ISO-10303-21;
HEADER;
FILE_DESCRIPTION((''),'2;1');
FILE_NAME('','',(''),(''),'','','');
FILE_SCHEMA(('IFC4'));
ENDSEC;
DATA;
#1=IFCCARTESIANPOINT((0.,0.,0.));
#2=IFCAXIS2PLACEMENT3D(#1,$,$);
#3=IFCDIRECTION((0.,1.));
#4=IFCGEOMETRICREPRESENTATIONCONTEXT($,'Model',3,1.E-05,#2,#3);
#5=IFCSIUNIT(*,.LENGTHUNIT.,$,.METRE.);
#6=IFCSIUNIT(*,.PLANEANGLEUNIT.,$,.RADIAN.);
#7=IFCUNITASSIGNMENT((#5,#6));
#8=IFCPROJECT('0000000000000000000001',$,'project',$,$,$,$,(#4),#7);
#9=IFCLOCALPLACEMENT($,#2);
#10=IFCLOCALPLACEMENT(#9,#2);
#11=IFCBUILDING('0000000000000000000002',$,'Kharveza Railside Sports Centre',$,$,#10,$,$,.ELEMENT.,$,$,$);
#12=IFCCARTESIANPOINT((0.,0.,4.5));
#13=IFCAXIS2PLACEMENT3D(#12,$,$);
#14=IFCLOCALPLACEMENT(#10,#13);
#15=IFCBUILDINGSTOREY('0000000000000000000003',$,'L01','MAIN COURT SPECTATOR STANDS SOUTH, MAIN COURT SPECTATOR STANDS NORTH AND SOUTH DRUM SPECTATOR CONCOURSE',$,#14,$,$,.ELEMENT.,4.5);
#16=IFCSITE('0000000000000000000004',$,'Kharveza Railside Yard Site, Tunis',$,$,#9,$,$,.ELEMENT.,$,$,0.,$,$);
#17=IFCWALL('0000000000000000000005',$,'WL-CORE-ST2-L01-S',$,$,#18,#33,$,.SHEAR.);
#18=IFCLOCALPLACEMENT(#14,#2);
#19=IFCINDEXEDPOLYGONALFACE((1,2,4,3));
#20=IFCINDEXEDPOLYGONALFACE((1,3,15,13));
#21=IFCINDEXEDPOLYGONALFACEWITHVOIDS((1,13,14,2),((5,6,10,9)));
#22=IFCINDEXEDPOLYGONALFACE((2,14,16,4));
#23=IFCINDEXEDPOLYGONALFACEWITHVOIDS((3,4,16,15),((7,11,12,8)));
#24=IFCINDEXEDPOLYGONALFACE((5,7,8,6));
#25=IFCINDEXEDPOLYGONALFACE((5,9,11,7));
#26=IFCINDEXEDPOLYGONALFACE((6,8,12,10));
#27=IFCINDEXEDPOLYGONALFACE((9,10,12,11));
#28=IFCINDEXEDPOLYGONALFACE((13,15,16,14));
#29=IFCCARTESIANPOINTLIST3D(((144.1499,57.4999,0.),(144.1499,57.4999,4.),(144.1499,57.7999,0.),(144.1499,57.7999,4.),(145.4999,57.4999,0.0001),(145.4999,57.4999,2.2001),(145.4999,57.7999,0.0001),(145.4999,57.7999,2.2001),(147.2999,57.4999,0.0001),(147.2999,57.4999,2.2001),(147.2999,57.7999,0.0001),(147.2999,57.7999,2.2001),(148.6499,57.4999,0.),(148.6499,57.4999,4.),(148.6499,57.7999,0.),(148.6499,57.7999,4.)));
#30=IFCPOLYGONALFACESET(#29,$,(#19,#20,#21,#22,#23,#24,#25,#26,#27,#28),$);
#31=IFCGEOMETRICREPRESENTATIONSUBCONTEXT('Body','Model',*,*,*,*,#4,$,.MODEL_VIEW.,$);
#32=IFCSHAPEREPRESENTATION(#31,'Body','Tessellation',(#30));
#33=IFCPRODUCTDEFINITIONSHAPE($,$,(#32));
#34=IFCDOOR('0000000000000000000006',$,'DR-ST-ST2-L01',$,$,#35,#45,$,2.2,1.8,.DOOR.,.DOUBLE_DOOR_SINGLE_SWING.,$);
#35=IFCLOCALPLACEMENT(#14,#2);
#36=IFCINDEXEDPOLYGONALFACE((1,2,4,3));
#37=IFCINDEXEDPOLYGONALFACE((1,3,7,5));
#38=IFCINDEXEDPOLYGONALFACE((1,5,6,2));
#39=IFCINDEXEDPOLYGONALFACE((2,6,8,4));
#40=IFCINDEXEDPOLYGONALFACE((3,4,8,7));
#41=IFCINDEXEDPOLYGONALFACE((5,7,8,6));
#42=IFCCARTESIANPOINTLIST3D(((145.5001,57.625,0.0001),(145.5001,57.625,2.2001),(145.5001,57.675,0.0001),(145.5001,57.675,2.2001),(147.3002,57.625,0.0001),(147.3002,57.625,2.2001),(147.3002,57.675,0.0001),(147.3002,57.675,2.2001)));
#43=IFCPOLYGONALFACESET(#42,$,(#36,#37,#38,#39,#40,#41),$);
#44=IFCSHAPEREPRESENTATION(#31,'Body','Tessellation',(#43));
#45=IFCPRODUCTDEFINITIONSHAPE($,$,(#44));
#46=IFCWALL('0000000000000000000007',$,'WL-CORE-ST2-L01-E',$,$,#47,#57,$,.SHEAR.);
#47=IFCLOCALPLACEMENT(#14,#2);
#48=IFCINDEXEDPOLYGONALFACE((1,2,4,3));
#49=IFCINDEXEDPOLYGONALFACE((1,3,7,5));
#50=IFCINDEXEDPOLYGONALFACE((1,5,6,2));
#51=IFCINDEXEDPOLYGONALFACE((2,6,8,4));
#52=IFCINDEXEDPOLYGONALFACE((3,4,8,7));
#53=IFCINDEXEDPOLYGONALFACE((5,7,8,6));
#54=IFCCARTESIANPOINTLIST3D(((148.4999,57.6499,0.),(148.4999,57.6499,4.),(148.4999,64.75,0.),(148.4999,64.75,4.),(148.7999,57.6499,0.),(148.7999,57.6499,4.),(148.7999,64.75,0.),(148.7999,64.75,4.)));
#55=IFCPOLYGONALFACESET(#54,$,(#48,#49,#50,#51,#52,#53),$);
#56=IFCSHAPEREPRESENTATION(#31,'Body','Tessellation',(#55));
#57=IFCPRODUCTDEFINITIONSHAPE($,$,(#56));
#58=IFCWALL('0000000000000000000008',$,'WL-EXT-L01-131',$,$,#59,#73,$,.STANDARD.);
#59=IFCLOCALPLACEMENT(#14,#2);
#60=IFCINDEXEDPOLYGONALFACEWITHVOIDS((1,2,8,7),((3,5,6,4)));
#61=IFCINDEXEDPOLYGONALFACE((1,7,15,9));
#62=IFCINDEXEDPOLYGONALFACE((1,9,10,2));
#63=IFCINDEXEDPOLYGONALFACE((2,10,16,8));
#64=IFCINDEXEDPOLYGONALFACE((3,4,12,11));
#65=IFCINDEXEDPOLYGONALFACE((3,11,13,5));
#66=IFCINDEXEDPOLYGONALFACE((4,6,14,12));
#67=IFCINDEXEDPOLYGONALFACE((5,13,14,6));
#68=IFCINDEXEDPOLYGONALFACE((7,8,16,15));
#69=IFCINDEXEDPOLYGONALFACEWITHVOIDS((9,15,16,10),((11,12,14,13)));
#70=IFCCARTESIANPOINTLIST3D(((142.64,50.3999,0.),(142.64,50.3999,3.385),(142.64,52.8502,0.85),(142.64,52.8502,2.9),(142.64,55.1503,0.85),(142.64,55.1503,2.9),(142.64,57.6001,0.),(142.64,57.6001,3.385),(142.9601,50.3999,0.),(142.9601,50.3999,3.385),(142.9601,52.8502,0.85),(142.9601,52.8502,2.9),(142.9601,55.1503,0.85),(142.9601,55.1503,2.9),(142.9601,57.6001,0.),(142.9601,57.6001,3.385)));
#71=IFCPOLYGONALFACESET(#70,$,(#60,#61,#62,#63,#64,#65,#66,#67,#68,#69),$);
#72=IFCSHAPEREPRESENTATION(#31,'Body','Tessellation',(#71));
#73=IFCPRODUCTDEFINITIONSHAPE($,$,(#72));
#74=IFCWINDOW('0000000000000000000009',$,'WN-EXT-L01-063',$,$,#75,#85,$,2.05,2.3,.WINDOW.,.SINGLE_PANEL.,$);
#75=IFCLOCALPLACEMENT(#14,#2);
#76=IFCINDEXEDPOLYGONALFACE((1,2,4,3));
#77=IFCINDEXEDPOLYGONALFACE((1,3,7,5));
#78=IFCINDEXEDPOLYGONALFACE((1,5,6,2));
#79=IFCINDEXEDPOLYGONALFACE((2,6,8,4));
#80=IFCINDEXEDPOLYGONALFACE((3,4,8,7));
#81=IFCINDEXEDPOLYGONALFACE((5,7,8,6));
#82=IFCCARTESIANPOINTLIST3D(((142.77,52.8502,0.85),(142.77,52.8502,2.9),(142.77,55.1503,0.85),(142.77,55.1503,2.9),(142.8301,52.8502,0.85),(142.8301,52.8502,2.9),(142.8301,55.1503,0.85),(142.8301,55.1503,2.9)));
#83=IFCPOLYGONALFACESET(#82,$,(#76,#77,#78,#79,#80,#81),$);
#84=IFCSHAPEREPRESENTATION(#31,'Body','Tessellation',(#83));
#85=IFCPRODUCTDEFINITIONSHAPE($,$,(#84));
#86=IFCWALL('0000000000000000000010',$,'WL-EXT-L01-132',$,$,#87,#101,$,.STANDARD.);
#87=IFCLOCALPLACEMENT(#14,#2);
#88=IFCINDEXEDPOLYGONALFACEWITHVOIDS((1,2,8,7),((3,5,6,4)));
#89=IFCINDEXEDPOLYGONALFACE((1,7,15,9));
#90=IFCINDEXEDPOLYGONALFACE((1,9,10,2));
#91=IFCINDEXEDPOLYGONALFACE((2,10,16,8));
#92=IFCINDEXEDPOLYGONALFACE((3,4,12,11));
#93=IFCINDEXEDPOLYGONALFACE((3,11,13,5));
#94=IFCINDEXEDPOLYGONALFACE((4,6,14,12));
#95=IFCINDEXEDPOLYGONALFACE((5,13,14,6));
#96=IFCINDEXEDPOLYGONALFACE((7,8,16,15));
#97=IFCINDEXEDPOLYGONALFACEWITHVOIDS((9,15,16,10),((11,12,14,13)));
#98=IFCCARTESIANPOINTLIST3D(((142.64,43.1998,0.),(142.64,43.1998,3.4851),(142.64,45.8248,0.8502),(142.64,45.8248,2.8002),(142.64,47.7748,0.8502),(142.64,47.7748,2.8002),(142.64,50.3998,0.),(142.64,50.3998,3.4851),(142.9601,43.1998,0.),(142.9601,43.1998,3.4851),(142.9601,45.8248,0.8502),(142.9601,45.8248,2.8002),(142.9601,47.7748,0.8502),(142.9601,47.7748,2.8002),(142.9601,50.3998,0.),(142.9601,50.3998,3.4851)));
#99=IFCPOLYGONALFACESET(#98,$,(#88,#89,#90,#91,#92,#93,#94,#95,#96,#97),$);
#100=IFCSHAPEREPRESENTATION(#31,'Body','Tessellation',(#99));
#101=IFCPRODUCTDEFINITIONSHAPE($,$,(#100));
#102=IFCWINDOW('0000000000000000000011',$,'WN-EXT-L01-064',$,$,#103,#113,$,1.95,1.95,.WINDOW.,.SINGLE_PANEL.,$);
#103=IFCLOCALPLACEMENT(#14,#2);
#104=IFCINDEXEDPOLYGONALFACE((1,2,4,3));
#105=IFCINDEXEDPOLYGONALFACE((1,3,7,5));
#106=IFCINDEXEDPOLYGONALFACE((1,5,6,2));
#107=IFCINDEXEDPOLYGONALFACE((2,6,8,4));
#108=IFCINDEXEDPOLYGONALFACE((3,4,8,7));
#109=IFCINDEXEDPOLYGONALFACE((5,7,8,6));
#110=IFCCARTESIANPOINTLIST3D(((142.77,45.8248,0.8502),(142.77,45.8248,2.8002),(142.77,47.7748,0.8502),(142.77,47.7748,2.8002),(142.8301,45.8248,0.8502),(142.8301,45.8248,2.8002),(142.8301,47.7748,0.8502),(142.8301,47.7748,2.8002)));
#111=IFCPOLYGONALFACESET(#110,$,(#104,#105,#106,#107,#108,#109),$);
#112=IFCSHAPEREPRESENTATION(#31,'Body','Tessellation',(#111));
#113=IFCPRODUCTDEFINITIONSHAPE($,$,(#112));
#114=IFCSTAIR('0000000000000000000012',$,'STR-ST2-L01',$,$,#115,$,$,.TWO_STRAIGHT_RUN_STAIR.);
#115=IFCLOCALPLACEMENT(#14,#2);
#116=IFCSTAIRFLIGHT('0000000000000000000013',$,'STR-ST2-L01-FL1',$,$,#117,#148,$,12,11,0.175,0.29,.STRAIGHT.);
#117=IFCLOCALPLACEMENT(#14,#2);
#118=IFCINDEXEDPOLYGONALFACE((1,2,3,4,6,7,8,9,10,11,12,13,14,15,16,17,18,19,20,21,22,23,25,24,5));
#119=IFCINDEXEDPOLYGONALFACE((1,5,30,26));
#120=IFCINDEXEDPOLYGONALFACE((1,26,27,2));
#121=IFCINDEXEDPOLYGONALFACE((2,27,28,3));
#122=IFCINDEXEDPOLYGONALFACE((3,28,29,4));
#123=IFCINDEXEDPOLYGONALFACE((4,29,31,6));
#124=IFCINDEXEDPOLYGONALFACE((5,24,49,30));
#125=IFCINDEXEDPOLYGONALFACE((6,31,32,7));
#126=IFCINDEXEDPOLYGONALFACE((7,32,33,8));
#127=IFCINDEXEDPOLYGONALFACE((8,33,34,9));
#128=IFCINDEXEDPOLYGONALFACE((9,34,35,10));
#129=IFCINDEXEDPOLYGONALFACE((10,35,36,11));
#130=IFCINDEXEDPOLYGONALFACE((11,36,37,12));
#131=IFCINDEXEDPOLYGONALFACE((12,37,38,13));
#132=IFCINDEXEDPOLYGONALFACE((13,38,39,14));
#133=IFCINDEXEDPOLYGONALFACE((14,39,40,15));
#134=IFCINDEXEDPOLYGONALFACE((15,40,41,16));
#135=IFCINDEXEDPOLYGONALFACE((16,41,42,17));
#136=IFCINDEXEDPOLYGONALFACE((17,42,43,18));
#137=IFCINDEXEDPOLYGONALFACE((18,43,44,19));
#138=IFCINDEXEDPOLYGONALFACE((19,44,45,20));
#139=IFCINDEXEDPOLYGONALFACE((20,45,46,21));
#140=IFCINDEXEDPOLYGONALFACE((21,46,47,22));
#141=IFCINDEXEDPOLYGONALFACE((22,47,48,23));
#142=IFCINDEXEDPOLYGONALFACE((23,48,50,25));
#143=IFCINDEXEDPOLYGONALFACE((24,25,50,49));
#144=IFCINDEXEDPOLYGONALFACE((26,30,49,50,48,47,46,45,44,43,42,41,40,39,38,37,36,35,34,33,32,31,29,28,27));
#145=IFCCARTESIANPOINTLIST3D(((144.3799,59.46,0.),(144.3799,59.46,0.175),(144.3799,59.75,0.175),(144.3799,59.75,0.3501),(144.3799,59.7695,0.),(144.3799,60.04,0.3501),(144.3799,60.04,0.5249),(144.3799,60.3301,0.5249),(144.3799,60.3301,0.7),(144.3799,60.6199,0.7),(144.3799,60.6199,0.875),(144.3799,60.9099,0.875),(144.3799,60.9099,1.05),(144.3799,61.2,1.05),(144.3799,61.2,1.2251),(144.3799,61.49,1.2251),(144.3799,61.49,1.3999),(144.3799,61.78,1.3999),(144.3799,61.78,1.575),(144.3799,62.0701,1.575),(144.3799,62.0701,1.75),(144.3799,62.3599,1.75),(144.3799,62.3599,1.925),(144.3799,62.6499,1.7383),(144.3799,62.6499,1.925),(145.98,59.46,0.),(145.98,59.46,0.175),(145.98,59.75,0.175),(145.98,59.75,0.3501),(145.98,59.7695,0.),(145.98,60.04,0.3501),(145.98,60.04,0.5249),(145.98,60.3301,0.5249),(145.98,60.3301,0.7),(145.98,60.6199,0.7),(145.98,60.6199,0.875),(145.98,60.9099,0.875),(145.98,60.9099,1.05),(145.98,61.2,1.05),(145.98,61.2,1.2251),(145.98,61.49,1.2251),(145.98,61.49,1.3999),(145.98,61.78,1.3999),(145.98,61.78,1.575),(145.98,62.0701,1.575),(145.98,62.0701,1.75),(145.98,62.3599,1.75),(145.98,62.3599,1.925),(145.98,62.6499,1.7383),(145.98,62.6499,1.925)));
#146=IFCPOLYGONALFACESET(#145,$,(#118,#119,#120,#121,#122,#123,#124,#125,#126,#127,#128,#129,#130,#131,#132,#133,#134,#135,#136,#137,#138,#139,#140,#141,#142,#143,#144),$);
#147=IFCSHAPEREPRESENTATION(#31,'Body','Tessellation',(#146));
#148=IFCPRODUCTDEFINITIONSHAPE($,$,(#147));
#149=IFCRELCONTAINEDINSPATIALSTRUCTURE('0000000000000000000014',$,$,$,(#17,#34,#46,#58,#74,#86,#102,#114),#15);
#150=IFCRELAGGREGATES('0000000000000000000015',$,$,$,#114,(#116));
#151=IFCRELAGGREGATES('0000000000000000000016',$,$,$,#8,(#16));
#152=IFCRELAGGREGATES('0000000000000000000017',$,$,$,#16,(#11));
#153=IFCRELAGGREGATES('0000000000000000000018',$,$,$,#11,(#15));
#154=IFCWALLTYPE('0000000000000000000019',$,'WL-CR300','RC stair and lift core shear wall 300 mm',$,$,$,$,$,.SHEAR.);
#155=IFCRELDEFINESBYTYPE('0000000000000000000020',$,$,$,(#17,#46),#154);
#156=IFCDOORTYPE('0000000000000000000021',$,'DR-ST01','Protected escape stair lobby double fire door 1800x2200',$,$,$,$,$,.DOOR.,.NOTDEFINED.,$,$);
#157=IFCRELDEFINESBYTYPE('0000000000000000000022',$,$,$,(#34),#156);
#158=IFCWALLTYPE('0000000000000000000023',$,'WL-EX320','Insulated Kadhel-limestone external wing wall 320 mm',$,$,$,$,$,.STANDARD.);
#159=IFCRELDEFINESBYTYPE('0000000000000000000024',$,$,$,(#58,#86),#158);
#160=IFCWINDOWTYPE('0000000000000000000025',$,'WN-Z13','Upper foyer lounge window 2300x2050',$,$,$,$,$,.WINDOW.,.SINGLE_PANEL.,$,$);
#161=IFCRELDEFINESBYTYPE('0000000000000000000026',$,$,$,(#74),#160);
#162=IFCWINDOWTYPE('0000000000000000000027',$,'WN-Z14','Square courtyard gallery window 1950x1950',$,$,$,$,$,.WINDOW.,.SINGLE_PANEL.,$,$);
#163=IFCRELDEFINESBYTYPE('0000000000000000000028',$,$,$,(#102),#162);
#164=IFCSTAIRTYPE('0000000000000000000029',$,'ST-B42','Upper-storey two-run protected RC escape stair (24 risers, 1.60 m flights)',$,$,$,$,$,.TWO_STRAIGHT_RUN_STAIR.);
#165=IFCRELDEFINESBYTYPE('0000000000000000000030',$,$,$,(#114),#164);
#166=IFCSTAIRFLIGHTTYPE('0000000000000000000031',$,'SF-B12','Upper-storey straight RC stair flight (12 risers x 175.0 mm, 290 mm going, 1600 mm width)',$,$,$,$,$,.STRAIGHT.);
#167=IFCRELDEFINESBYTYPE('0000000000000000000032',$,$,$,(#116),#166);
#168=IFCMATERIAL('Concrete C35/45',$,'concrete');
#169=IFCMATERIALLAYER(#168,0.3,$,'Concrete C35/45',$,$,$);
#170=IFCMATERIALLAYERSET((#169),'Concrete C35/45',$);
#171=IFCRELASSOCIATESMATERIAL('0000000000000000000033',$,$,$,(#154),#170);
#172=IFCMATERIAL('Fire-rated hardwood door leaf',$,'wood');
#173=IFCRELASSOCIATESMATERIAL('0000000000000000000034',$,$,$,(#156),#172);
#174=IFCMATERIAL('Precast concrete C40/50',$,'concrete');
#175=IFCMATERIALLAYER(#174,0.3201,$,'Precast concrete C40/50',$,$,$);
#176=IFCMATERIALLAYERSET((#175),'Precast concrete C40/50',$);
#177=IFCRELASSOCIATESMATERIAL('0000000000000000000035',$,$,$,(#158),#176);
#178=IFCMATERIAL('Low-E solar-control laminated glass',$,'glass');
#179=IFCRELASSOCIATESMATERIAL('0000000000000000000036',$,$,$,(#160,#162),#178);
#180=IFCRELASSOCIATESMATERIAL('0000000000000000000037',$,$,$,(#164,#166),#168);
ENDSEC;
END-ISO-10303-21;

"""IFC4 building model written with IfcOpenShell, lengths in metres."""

from ifc_helpers import new_model, si_unit, direction, frame, frame_2d, origin, place, context, subcontext, project, spatial, polyline, rectangle, outline, extrude, material, layer, layer_set, type_object, element, fill, aggregate, save


model = new_model("IFC4")

# Units and contexts
model_context = context("Model", 3, precision=1e-05, world=origin(), true_north=direction((0.0, 1.0)))
body_context = subcontext(model_context, "Body", "Model", "MODEL_VIEW")
ifc_project = project(units=[si_unit("LENGTHUNIT", "METRE"), si_unit("PLANEANGLEUNIT", "RADIAN")], contexts=[model_context])

# Site, building, storey
site_placement = place(None, origin())
site = spatial("IfcSite", under=ifc_project, at=site_placement, Name="Kharveza Railside Yard Site, Tunis", CompositionType="ELEMENT", RefElevation=0.0)
building_placement = place(site_placement, origin())
building = spatial("IfcBuilding", under=site, at=building_placement, Name="Kharveza Railside Sports Centre", CompositionType="ELEMENT")
storey_placement = place(building_placement, frame((0.0, 0.0, 4.5)))
storey = spatial("IfcBuildingStorey", under=building, at=storey_placement, Name="L01", Description="MAIN COURT SPECTATOR STANDS SOUTH, MAIN COURT SPECTATOR STANDS NORTH AND SOUTH DRUM SPECTATOR CONCOURSE", CompositionType="ELEMENT", Elevation=4.5)

# Shared definitions
ifc_material_1 = material(Name="Concrete C35/45", Category="concrete")

# Wall, opening, door
ifc_layer_1 = layer(ifc_material_1, 0.3, Name="Concrete C35/45")
ifc_layer_set_1 = layer_set([ifc_layer_1], Name="Concrete C35/45")
wall_type_1 = type_object("IfcWallType", Name="WL-CR300", Description="RC stair and lift core shear wall 300 mm", PredefinedType="SHEAR", material=ifc_layer_set_1)
wall_1_placement = place(storey_placement, frame((144.1499, 57.6499, 0.0), z_axis=(0.0, 0.0, 1.0), x_axis=(1.0, 0.0, 0.0)))
wall_1 = element("IfcWall", 1, at=wall_1_placement, inside=storey, type_object=wall_type_1, Name="WL-CORE-ST2-L01-S", PredefinedType="SHEAR", context=body_context, shape_type="SweptSolid", body=[
    extrude(rectangle(XDim=4.5, YDim=0.3, at=frame_2d((2.25, 0.0))), origin(), (0.0, 0.0, 1.0), 4.0),
])
opening_1_placement = place(wall_1_placement, frame((1.3501, 0.0, 0.0)))
opening_1 = element("IfcOpeningElement", 2, at=opening_1_placement, cuts=wall_1, PredefinedType="OPENING", context=body_context, shape_type="SweptSolid", body=[
    extrude(rectangle(XDim=1.8, YDim=2.2, at=frame_2d((0.8999, 1.1001))), frame((0.0, 0.1748, 0.0), z_axis=(0.0, -1.0, 0.0), x_axis=(1.0, 0.0, 0.0)), (0.0, 0.0, 1.0), 0.3499),
])
ifc_material_2 = material(Name="Fire-rated hardwood door leaf", Category="wood")
door_type = type_object("IfcDoorType", Name="DR-ST01", Description="Protected escape stair lobby double fire door 1800x2200", OperationType="NOTDEFINED", PredefinedType="DOOR", material=ifc_material_2)
door_placement = place(opening_1_placement, frame((1.8, 0.0, 0.0), z_axis=(0.0, 0.0, 1.0), x_axis=(-1.0, 0.0, 0.0)))
door = element("IfcDoor", 3, at=door_placement, inside=storey, type_object=door_type, Name="DR-ST-ST2-L01", OperationType="DOUBLE_DOOR_SINGLE_SWING", OverallHeight=2.2, OverallWidth=1.8, PredefinedType="DOOR", context=body_context, shape_type="SweptSolid", body=[
    extrude(rectangle(XDim=1.8, YDim=2.2, at=frame_2d((0.8999, 1.1001))), frame((0.0, 0.0249, 0.0), z_axis=(0.0, -1.0, 0.0), x_axis=(1.0, 0.0, 0.0)), (0.0, 0.0, 1.0), 0.05),
])
fill(opening_1, door)

# Wall
wall_2_placement = place(storey_placement, frame((148.6499, 57.6499, 0.0), z_axis=(0.0, 0.0, 1.0), x_axis=(0.0, 1.0, 0.0)))
element("IfcWall", 4, at=wall_2_placement, inside=storey, type_object=wall_type_1, Name="WL-CORE-ST2-L01-E", PredefinedType="SHEAR", context=body_context, shape_type="SweptSolid", body=[
    extrude(rectangle(XDim=7.1001, YDim=0.3, at=frame_2d((3.55, 0.0))), origin(), (0.0, 0.0, 1.0), 4.0),
])

# Walls, openings, windows
ifc_material_3 = material(Name="Precast concrete C40/50", Category="concrete")
ifc_layer_2 = layer(ifc_material_3, 0.3201, Name="Precast concrete C40/50")
ifc_layer_set_2 = layer_set([ifc_layer_2], Name="Precast concrete C40/50")
wall_type_2 = type_object("IfcWallType", Name="WL-EX320", Description="Insulated Kadhel-limestone external wing wall 320 mm", PredefinedType="STANDARD", material=ifc_layer_set_2)
wall_3_placement = place(storey_placement, frame((142.8, 57.6001, 0.0), z_axis=(0.0, 0.0, 1.0), x_axis=(0.0, -1.0, 0.0)))
wall_3 = element("IfcWall", 5, at=wall_3_placement, inside=storey, type_object=wall_type_2, Name="WL-EXT-L01-131", PredefinedType="STANDARD", context=body_context, shape_type="SweptSolid", body=[
    extrude(rectangle(XDim=7.2002, YDim=0.3201, at=frame_2d((3.6001, 0.0))), origin(), (0.0, 0.0, 1.0), 3.385),
])
opening_2_placement = place(wall_3_placement, frame((2.45, 0.0, 0.8501)))
opening_2 = element("IfcOpeningElement", 6, at=opening_2_placement, cuts=wall_3, PredefinedType="OPENING", context=body_context, shape_type="SweptSolid", body=[
    extrude(rectangle(XDim=2.3, YDim=2.05, at=frame_2d((1.1499, 1.0249))), frame((0.0, 0.1851, 0.0), z_axis=(0.0, -1.0, 0.0), x_axis=(1.0, 0.0, 0.0)), (0.0, 0.0, 1.0), 0.3699),
])
ifc_material_4 = material(Name="Low-E solar-control laminated glass", Category="glass")
window_type_1 = type_object("IfcWindowType", Name="WN-Z13", Description="Upper foyer lounge window 2300x2050", PartitioningType="SINGLE_PANEL", PredefinedType="WINDOW", material=ifc_material_4)
window_1_placement = place(opening_2_placement, origin())
window_1 = element("IfcWindow", 7, at=window_1_placement, inside=storey, type_object=window_type_1, Name="WN-EXT-L01-063", OverallHeight=2.05, OverallWidth=2.3, PartitioningType="SINGLE_PANEL", PredefinedType="WINDOW", context=body_context, shape_type="SweptSolid", body=[
    extrude(rectangle(XDim=2.3, YDim=2.05, at=frame_2d((1.1499, 1.0249))), frame((0.0, 0.03, 0.0), z_axis=(0.0, -1.0, 0.0), x_axis=(1.0, 0.0, 0.0)), (0.0, 0.0, 1.0), 0.0601),
])
fill(opening_2, window_1)
wall_4_placement = place(storey_placement, frame((142.8, 50.3999, 0.0), z_axis=(0.0, 0.0, 1.0), x_axis=(0.0, -1.0, 0.0)))
wall_4 = element("IfcWall", 8, at=wall_4_placement, inside=storey, type_object=wall_type_2, Name="WL-EXT-L01-132", PredefinedType="STANDARD", context=body_context, shape_type="SweptSolid", body=[
    extrude(rectangle(XDim=7.2, YDim=0.3201, at=frame_2d((3.6001, 0.0))), origin(), (0.0, 0.0, 1.0), 3.4851),
])
opening_3_placement = place(wall_4_placement, frame((2.625, 0.0, 0.8501)))
opening_3 = element("IfcOpeningElement", 9, at=opening_3_placement, cuts=wall_4, PredefinedType="OPENING", context=body_context, shape_type="SweptSolid", body=[
    extrude(rectangle(XDim=1.95, YDim=1.95, at=frame_2d((0.9751, 0.9751))), frame((0.0, 0.1851, 0.0), z_axis=(0.0, -1.0, 0.0), x_axis=(1.0, 0.0, 0.0)), (0.0, 0.0, 1.0), 0.3699),
])
window_type_2 = type_object("IfcWindowType", Name="WN-Z14", Description="Square courtyard gallery window 1950x1950", PartitioningType="SINGLE_PANEL", PredefinedType="WINDOW", material=ifc_material_4)
window_2_placement = place(opening_3_placement, origin())
window_2 = element("IfcWindow", 10, at=window_2_placement, inside=storey, type_object=window_type_2, Name="WN-EXT-L01-064", OverallHeight=1.95, OverallWidth=1.95, PartitioningType="SINGLE_PANEL", PredefinedType="WINDOW", context=body_context, shape_type="SweptSolid", body=[
    extrude(rectangle(XDim=1.95, YDim=1.95, at=frame_2d((0.9751, 0.9751))), frame((0.0, 0.03, 0.0), z_axis=(0.0, -1.0, 0.0), x_axis=(1.0, 0.0, 0.0)), (0.0, 0.0, 1.0), 0.0601),
])
fill(opening_3, window_2)

# Stair, stair flight
stair_type = type_object("IfcStairType", Name="ST-B42", Description="Upper-storey two-run protected RC escape stair (24 risers, 1.60 m flights)", PredefinedType="TWO_STRAIGHT_RUN_STAIR", material=ifc_material_1)
stair_placement = place(storey_placement, origin())
stair = element("IfcStair", 11, at=stair_placement, inside=storey, type_object=stair_type, Name="STR-ST2-L01", PredefinedType="TWO_STRAIGHT_RUN_STAIR")
stair_flight_type = type_object("IfcStairFlightType", Name="SF-B12", Description="Upper-storey straight RC stair flight (12 risers x 175.0 mm, 290 mm going, 1600 mm width)", PredefinedType="STRAIGHT", material=ifc_material_1)
stair_flight_placement = place(storey_placement, frame((145.1799, 59.46, 0.0), z_axis=(0.0, 0.0, 1.0), x_axis=(0.0, 1.0, 0.0)))
stair_flight = element("IfcStairFlight", 12, at=stair_flight_placement, type_object=stair_flight_type, Name="STR-ST2-L01-FL1", NumberOfRisers=12, NumberOfTreads=11, PredefinedType="STRAIGHT", RiserHeight=0.175, TreadLength=0.29, context=body_context, shape_type="SweptSolid", body=[
    extrude(outline(polyline([(0.0, 0.0), (0.0, 0.175), (0.29, 0.175), (0.29, 0.3501), (0.5801, 0.3501), (0.5801, 0.5249), (0.8701, 0.5249), (0.8701, 0.7), (1.1599, 0.7), (1.1599, 0.875), (1.45, 0.875), (1.45, 1.05), (1.74, 1.05), (1.74, 1.2251), (2.03, 1.2251), (2.03, 1.3999), (2.3201, 1.3999), (2.3201, 1.575), (2.6101, 1.575), (2.6101, 1.75), (2.8999, 1.75), (2.8999, 1.925), (3.1899, 1.925), (3.1899, 2.1001), (3.1899, 1.7383), (0.3096, 0.0), (0.0, 0.0)])), frame((0.0, 0.8, 0.0), z_axis=(0.0, -1.0, 0.0), x_axis=(1.0, 0.0, 0.0)), (0.0, 0.0, 1.0), 1.6001),
])
aggregate(stair, [stair_flight])

save(model, "model.ifc")
